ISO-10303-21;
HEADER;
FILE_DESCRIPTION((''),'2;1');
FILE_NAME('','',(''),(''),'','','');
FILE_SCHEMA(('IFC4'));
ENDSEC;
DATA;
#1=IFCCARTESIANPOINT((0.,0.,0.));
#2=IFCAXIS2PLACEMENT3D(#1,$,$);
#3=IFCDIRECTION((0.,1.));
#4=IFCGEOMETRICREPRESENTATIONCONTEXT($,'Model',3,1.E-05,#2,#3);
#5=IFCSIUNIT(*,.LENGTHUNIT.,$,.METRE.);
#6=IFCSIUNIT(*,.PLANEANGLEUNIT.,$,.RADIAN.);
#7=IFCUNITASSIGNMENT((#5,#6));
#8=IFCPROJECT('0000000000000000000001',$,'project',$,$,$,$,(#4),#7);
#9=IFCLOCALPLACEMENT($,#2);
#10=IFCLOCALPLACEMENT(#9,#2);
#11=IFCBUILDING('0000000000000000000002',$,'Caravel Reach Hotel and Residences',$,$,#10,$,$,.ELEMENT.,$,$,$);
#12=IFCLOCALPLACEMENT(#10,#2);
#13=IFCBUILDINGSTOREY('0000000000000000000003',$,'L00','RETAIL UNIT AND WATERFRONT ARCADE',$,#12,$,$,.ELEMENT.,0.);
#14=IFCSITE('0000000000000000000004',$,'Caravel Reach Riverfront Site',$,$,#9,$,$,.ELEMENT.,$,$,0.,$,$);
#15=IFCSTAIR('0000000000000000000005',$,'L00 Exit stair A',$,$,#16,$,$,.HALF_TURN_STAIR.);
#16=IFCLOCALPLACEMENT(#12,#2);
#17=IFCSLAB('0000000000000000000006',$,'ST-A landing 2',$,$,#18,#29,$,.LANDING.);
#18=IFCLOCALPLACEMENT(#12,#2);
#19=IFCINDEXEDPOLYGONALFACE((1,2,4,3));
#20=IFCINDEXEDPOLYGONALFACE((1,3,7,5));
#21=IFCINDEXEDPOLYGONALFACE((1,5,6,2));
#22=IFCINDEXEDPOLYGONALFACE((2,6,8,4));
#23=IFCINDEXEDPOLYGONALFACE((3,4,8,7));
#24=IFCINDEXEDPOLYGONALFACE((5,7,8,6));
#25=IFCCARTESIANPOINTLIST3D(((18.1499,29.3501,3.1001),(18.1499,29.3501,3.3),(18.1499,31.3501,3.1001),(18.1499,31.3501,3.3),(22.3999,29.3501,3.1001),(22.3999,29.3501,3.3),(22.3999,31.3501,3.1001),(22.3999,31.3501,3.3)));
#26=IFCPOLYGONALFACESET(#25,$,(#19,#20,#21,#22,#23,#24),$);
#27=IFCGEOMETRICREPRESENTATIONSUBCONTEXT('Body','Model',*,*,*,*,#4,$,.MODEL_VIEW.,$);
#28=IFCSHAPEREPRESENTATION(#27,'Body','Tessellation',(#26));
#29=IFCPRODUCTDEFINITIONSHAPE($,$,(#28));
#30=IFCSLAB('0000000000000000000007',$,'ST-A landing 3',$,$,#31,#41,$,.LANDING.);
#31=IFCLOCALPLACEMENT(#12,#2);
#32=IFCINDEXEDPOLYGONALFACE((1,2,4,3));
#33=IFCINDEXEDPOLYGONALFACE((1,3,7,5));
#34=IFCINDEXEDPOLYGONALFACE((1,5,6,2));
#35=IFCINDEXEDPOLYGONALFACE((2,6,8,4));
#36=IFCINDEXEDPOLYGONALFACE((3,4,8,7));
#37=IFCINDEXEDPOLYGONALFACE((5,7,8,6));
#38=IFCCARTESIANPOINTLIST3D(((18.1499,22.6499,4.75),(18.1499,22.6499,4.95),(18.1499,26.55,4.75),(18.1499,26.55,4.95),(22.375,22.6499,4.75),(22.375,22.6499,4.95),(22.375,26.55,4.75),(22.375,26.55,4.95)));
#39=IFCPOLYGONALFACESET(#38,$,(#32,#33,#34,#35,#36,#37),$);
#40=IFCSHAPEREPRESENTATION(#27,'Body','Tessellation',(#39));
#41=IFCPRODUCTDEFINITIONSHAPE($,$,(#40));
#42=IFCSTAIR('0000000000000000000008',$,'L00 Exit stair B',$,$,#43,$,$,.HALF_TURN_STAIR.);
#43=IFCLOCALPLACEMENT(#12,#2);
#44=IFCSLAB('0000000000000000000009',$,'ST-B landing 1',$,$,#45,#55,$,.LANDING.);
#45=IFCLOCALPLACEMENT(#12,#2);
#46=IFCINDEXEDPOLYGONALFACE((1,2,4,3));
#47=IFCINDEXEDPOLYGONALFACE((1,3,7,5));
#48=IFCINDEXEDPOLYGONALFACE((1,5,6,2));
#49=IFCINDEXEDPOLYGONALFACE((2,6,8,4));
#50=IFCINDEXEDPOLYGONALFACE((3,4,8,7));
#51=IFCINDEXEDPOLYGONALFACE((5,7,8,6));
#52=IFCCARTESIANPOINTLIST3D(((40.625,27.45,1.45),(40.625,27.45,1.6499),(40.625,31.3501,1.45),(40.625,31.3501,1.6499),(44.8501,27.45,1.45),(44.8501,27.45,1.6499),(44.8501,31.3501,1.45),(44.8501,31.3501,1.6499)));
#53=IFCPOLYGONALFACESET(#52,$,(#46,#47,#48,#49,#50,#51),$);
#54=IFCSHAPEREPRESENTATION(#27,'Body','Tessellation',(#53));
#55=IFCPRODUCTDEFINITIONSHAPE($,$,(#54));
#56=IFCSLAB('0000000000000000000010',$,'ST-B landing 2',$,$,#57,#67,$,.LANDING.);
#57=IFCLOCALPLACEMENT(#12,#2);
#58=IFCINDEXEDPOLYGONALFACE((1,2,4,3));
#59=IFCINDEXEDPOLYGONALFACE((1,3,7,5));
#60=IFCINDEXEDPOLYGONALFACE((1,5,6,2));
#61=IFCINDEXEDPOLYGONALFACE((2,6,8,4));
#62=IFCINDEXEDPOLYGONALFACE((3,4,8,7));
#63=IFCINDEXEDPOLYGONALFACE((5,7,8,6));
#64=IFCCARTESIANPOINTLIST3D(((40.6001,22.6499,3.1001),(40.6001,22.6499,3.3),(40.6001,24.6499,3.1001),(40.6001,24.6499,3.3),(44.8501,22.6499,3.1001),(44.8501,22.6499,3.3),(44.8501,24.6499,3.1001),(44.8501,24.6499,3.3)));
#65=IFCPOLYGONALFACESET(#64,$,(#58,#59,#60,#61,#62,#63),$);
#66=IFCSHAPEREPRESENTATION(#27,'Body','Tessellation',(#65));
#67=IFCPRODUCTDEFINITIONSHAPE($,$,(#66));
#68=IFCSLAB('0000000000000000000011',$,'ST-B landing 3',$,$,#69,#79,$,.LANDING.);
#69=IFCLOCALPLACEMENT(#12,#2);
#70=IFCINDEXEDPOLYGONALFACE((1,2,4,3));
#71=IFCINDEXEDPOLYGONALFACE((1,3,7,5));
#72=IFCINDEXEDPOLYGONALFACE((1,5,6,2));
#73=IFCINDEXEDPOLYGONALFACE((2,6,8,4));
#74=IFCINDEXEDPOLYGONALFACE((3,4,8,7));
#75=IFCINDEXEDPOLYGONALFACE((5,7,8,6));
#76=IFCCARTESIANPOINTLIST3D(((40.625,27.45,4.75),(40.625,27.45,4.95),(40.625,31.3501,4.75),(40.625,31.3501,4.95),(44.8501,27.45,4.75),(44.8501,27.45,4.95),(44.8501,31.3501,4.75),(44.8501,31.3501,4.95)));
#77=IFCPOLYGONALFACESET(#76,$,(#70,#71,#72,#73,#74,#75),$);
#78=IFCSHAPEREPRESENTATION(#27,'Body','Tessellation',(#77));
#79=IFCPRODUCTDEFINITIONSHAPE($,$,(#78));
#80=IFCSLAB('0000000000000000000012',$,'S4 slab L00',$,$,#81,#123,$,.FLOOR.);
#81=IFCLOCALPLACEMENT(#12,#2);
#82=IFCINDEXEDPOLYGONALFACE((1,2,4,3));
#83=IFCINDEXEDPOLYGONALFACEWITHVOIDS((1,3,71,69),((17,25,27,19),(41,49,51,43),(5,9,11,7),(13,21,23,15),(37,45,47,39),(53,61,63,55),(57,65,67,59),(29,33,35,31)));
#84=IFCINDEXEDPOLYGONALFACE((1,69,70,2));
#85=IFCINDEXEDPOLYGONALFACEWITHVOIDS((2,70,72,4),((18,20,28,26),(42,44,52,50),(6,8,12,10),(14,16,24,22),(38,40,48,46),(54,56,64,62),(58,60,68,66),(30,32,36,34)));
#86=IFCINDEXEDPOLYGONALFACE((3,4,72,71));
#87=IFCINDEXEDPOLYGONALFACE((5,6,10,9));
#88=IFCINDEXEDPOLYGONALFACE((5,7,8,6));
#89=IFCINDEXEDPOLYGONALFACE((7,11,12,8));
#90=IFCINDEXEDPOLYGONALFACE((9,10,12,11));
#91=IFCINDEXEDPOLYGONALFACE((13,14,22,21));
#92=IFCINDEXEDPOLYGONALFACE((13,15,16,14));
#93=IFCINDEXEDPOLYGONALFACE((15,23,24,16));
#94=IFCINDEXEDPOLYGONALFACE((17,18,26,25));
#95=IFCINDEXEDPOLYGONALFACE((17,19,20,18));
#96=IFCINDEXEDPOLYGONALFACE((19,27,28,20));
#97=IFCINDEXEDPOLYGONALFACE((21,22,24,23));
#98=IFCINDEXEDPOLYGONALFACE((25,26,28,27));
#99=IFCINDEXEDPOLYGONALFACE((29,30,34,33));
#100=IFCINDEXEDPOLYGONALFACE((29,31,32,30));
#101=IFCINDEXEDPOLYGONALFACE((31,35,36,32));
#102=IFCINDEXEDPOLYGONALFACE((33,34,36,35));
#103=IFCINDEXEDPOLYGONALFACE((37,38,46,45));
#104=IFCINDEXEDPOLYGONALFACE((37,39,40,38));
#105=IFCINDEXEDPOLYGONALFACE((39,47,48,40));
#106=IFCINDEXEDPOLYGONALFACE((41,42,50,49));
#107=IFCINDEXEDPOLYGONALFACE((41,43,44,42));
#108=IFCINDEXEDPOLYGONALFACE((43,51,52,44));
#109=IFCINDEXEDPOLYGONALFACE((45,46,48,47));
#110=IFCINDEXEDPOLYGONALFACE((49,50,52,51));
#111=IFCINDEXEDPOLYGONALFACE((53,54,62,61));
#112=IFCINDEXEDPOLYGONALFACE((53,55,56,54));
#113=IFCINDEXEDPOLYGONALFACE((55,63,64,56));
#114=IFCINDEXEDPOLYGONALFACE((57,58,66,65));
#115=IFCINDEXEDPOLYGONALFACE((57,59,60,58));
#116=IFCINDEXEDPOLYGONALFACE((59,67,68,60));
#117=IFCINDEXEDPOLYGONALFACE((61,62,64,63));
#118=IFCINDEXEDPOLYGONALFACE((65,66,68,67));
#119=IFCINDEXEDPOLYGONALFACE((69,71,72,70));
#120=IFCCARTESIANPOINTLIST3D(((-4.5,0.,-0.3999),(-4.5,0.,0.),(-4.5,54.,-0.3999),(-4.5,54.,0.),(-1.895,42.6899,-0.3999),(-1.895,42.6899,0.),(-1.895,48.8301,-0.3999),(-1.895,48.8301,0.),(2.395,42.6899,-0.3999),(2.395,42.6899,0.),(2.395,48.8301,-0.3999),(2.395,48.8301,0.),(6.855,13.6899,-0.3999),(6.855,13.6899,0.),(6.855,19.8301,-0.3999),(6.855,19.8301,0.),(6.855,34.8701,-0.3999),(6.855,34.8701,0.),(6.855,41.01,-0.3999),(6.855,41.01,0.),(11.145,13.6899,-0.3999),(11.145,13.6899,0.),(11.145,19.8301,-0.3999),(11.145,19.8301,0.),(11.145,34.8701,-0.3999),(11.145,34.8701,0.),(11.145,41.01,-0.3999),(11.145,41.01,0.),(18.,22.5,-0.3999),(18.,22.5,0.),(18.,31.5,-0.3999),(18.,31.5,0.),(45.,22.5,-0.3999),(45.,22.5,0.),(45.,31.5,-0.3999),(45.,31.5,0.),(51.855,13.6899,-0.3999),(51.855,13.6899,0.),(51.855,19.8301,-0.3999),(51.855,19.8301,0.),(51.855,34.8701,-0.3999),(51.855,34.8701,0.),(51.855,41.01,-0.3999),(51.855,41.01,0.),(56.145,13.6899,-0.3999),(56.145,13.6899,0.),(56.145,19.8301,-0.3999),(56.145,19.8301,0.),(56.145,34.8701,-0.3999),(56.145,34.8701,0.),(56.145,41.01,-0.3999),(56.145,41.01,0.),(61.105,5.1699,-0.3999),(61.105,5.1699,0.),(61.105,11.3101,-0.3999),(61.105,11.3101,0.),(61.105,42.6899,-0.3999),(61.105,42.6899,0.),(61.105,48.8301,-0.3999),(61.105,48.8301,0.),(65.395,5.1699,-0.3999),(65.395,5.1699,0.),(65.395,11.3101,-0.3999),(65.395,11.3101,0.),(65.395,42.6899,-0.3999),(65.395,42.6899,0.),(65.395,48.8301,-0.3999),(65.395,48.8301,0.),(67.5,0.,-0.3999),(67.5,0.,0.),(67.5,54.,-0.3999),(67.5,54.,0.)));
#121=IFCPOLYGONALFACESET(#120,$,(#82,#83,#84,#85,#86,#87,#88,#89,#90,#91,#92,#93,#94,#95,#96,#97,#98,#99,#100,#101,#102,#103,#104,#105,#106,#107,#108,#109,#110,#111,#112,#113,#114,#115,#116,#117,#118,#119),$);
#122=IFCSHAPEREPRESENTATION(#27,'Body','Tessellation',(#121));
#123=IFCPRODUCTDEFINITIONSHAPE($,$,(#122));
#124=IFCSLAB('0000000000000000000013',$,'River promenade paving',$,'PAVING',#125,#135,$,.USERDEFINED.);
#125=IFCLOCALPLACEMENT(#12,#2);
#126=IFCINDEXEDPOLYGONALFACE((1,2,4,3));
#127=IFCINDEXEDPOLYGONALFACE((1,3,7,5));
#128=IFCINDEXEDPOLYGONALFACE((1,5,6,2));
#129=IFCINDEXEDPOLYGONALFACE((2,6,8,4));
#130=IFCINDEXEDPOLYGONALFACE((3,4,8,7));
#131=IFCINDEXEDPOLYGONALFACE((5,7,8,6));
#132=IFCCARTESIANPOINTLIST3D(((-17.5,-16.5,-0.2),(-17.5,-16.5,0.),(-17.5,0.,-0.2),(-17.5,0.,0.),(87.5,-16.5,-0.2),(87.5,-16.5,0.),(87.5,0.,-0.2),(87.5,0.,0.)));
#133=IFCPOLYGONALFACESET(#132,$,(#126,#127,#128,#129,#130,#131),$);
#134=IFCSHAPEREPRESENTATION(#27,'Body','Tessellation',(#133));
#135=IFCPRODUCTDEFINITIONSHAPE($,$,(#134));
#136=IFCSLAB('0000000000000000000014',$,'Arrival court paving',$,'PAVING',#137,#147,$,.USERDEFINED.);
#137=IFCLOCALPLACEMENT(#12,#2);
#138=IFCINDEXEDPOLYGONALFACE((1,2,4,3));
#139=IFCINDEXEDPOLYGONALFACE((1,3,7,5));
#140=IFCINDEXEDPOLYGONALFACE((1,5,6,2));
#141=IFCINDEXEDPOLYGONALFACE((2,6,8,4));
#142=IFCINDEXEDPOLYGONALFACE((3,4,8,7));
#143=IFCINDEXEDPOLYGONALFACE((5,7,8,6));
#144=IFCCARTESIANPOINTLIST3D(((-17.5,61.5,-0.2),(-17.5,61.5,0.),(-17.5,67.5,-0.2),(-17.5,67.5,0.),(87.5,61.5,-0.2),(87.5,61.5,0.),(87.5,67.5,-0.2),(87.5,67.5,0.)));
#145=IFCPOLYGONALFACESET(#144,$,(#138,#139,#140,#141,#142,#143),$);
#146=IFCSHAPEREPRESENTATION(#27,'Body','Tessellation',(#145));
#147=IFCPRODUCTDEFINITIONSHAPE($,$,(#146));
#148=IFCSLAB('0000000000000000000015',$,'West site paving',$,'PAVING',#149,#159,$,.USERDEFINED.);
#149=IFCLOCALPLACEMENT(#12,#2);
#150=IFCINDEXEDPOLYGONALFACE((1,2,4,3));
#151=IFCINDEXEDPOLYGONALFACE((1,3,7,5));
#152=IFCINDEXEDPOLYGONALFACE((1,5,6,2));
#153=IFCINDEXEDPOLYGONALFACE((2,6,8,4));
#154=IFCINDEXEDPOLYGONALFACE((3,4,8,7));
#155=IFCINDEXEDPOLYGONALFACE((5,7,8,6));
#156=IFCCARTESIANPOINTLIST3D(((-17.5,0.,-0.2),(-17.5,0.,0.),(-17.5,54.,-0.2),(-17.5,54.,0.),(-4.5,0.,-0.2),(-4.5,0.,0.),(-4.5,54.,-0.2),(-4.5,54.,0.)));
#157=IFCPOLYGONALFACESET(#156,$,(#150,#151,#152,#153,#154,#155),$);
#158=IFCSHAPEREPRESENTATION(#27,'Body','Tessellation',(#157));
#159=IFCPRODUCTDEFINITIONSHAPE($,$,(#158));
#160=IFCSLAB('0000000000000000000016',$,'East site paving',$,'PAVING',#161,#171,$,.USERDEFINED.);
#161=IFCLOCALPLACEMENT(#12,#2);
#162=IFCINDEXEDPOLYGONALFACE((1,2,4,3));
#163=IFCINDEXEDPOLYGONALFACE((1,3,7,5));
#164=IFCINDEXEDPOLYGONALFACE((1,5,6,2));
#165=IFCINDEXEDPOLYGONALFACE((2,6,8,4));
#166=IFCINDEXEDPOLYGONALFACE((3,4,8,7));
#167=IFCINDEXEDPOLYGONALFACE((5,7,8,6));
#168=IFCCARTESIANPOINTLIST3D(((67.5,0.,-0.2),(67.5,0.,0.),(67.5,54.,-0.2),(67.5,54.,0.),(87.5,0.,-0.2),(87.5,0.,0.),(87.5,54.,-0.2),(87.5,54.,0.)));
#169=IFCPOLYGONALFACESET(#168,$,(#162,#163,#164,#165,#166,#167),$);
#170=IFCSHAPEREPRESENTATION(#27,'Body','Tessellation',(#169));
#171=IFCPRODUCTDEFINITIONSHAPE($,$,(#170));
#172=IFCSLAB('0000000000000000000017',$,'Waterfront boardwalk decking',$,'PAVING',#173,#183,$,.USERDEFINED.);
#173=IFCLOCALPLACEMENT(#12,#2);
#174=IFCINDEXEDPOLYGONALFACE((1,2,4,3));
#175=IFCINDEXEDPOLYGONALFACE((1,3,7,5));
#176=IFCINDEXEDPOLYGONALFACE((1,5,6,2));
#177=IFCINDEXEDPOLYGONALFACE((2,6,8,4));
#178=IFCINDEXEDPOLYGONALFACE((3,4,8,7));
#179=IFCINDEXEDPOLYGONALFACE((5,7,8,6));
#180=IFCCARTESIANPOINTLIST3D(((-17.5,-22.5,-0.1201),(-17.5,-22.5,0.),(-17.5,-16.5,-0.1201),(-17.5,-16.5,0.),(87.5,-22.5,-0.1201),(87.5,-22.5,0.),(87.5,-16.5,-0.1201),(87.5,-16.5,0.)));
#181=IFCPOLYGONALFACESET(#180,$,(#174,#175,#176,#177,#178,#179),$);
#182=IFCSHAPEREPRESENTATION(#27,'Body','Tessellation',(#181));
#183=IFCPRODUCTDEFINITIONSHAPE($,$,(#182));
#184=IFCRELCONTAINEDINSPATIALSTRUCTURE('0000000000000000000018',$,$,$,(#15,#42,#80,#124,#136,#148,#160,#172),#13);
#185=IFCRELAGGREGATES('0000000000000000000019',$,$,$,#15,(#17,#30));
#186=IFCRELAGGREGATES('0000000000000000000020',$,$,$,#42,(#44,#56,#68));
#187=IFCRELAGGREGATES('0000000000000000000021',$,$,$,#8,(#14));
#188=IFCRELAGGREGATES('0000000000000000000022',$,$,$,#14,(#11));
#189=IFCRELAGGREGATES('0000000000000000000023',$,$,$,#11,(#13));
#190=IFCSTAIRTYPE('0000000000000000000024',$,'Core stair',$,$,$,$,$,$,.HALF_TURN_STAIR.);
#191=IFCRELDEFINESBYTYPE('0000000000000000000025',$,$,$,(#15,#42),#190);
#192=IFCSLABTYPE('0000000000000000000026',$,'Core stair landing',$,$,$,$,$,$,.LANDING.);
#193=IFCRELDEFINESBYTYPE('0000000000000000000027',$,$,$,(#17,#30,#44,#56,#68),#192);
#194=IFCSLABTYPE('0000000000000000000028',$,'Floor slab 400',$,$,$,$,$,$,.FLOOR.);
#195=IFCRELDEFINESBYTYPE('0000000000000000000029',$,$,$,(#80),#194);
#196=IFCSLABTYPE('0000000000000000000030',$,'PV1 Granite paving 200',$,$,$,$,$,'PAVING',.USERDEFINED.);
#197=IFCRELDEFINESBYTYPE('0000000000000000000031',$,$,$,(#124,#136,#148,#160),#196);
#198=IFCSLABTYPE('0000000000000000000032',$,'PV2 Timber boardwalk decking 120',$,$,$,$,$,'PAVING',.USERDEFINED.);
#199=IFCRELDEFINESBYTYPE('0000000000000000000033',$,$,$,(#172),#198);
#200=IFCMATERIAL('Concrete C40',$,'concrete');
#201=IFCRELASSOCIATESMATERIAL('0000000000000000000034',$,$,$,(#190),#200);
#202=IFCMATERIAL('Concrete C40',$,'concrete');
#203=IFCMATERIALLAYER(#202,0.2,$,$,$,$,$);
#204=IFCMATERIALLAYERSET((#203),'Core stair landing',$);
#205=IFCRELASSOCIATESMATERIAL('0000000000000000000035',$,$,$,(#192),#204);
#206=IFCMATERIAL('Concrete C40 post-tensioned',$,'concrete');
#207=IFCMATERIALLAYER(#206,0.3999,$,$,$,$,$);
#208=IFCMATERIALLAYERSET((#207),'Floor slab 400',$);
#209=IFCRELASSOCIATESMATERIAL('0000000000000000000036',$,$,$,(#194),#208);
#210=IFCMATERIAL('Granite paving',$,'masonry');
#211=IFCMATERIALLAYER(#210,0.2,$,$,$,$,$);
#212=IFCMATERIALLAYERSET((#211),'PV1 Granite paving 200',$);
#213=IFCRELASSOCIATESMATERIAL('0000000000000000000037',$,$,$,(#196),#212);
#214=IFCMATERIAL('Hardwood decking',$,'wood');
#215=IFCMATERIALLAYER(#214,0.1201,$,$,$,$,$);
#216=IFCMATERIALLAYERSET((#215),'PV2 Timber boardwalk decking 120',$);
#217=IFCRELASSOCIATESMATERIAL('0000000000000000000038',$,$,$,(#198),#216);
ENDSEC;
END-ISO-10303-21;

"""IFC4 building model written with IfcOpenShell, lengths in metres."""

from ifc_helpers import new_model, si_unit, direction, frame, origin, place, context, subcontext, project, spatial, polyline, outline, extrude, material, layer, layer_set, type_object, element, aggregate, save


model = new_model("IFC4")

# Units and contexts
model_context = context("Model", 3, precision=1e-05, world=origin(), true_north=direction((0.0, 1.0)))
body_context = subcontext(model_context, "Body", "Model", "MODEL_VIEW")
ifc_project = project(units=[si_unit("LENGTHUNIT", "METRE"), si_unit("PLANEANGLEUNIT", "RADIAN")], contexts=[model_context])

# Site, building, storey
site_placement = place(None, origin())
site = spatial("IfcSite", under=ifc_project, at=site_placement, Name="Caravel Reach Riverfront Site", CompositionType="ELEMENT", RefElevation=0.0)
building_placement = place(site_placement, origin())
building = spatial("IfcBuilding", under=site, at=building_placement, Name="Caravel Reach Hotel and Residences", CompositionType="ELEMENT")
storey_placement = place(building_placement, origin())
storey = spatial("IfcBuildingStorey", under=building, at=storey_placement, Name="L00", Description="RETAIL UNIT AND WATERFRONT ARCADE", CompositionType="ELEMENT", Elevation=0.0)

# Stairs, slabs
ifc_material_1 = material(Name="Concrete C40", Category="concrete")
stair_type = type_object("IfcStairType", Name="Core stair", PredefinedType="HALF_TURN_STAIR", material=ifc_material_1)
stair_1_placement = place(storey_placement, origin())
stair_1 = element("IfcStair", 1, at=stair_1_placement, inside=storey, type_object=stair_type, Name="L00 Exit stair A", PredefinedType="HALF_TURN_STAIR")
ifc_material_2 = material(Name="Concrete C40", Category="concrete")
ifc_layer_1 = layer(ifc_material_2, 0.2)
ifc_layer_set_1 = layer_set([ifc_layer_1], Name="Core stair landing")
slab_type_1 = type_object("IfcSlabType", Name="Core stair landing", PredefinedType="LANDING", material=ifc_layer_set_1)
slab_1_placement = place(storey_placement, frame((0.0, 0.0, 3.1001)))
slab_1 = element("IfcSlab", 2, at=slab_1_placement, type_object=slab_type_1, Name="ST-A landing 2", PredefinedType="LANDING", context=body_context, shape_type="SweptSolid", body=[
    extrude(outline(polyline([(18.1499, 31.3501), (18.1499, 29.3501), (22.3999, 29.3501), (22.3999, 31.3501), (18.1499, 31.3501)])), origin(), (0.0, 0.0, 1.0), 0.2),
])
slab_2_placement = place(storey_placement, frame((0.0, 0.0, 4.75)))
slab_2 = element("IfcSlab", 3, at=slab_2_placement, type_object=slab_type_1, Name="ST-A landing 3", PredefinedType="LANDING", context=body_context, shape_type="SweptSolid", body=[
    extrude(outline(polyline([(18.1499, 26.55), (18.1499, 22.6499), (22.375, 22.6499), (22.375, 26.55), (18.1499, 26.55)])), origin(), (0.0, 0.0, 1.0), 0.2),
])
aggregate(stair_1, [slab_1, slab_2])
stair_2_placement = place(storey_placement, origin())
stair_2 = element("IfcStair", 4, at=stair_2_placement, inside=storey, type_object=stair_type, Name="L00 Exit stair B", PredefinedType="HALF_TURN_STAIR")
slab_3_placement = place(storey_placement, frame((0.0, 0.0, 1.45)))
slab_3 = element("IfcSlab", 5, at=slab_3_placement, type_object=slab_type_1, Name="ST-B landing 1", PredefinedType="LANDING", context=body_context, shape_type="SweptSolid", body=[
    extrude(outline(polyline([(44.8501, 27.45), (44.8501, 31.3501), (40.625, 31.3501), (40.625, 27.45), (44.8501, 27.45)])), origin(), (0.0, 0.0, 1.0), 0.2),
])
slab_4_placement = place(storey_placement, frame((0.0, 0.0, 3.1001)))
slab_4 = element("IfcSlab", 6, at=slab_4_placement, type_object=slab_type_1, Name="ST-B landing 2", PredefinedType="LANDING", context=body_context, shape_type="SweptSolid", body=[
    extrude(outline(polyline([(44.8501, 22.6499), (44.8501, 24.6499), (40.6001, 24.6499), (40.6001, 22.6499), (44.8501, 22.6499)])), origin(), (0.0, 0.0, 1.0), 0.2),
])
slab_5_placement = place(storey_placement, frame((0.0, 0.0, 4.75)))
slab_5 = element("IfcSlab", 7, at=slab_5_placement, type_object=slab_type_1, Name="ST-B landing 3", PredefinedType="LANDING", context=body_context, shape_type="SweptSolid", body=[
    extrude(outline(polyline([(44.8501, 27.45), (44.8501, 31.3501), (40.625, 31.3501), (40.625, 27.45), (44.8501, 27.45)])), origin(), (0.0, 0.0, 1.0), 0.2),
])
aggregate(stair_2, [slab_3, slab_4, slab_5])

# Slabs
ifc_material_3 = material(Name="Concrete C40 post-tensioned", Category="concrete")
ifc_layer_2 = layer(ifc_material_3, 0.3999)
ifc_layer_set_2 = layer_set([ifc_layer_2], Name="Floor slab 400")
slab_type_2 = type_object("IfcSlabType", Name="Floor slab 400", PredefinedType="FLOOR", material=ifc_layer_set_2)
slab_6_placement = place(storey_placement, frame((0.0, 0.0, -0.3999)))
element("IfcSlab", 8, at=slab_6_placement, inside=storey, type_object=slab_type_2, Name="S4 slab L00", PredefinedType="FLOOR", context=body_context, shape_type="SweptSolid", body=[
    extrude(outline(polyline([(67.5, 0.0), (-4.5, 0.0), (-4.5, 54.0), (67.5, 54.0), (67.5, 0.0)]), holes=[polyline([(45.0, 22.5), (45.0, 31.5), (18.0, 31.5), (18.0, 22.5), (45.0, 22.5)]), polyline([(11.145, 41.01), (6.855, 41.01), (6.855, 34.8701), (11.145, 34.8701), (11.145, 41.01)]), polyline([(56.145, 34.8701), (56.145, 41.01), (51.855, 41.01), (51.855, 34.8701), (56.145, 34.8701)]), polyline([(11.145, 19.8301), (6.855, 19.8301), (6.855, 13.6899), (11.145, 13.6899), (11.145, 19.8301)]), polyline([(56.145, 13.6899), (56.145, 19.8301), (51.855, 19.8301), (51.855, 13.6899), (56.145, 13.6899)]), polyline([(-1.895, 42.6899), (2.395, 42.6899), (2.395, 48.8301), (-1.895, 48.8301), (-1.895, 42.6899)]), polyline([(61.105, 48.8301), (61.105, 42.6899), (65.395, 42.6899), (65.395, 48.8301), (61.105, 48.8301)]), polyline([(61.105, 5.1699), (65.395, 5.1699), (65.395, 11.3101), (61.105, 11.3101), (61.105, 5.1699)])]), origin(), (0.0, 0.0, 1.0), 0.3999),
])
ifc_material_4 = material(Name="Granite paving", Category="masonry")
ifc_layer_3 = layer(ifc_material_4, 0.2)
ifc_layer_set_3 = layer_set([ifc_layer_3], Name="PV1 Granite paving 200")
slab_type_3 = type_object("IfcSlabType", Name="PV1 Granite paving 200", ElementType="PAVING", PredefinedType="USERDEFINED", material=ifc_layer_set_3)
slab_7_placement = place(storey_placement, frame((0.0, 0.0, -0.2)))
element("IfcSlab", 9, at=slab_7_placement, inside=storey, type_object=slab_type_3, Name="River promenade paving", ObjectType="PAVING", PredefinedType="USERDEFINED", context=body_context, shape_type="SweptSolid", body=[
    extrude(outline(polyline([(87.5, -16.5), (87.5, 0.0), (-17.5, 0.0), (-17.5, -16.5), (87.5, -16.5)])), origin(), (0.0, 0.0, 1.0), 0.2),
])
slab_8_placement = place(storey_placement, frame((0.0, 0.0, -0.2)))
element("IfcSlab", 10, at=slab_8_placement, inside=storey, type_object=slab_type_3, Name="Arrival court paving", ObjectType="PAVING", PredefinedType="USERDEFINED", context=body_context, shape_type="SweptSolid", body=[
    extrude(outline(polyline([(87.5, 61.5), (87.5, 67.5), (-17.5, 67.5), (-17.5, 61.5), (87.5, 61.5)])), origin(), (0.0, 0.0, 1.0), 0.2),
])
slab_9_placement = place(storey_placement, frame((0.0, 0.0, -0.2)))
element("IfcSlab", 11, at=slab_9_placement, inside=storey, type_object=slab_type_3, Name="West site paving", ObjectType="PAVING", PredefinedType="USERDEFINED", context=body_context, shape_type="SweptSolid", body=[
    extrude(outline(polyline([(-4.5, 0.0), (-4.5, 54.0), (-17.5, 54.0), (-17.5, 0.0), (-4.5, 0.0)])), origin(), (0.0, 0.0, 1.0), 0.2),
])
slab_10_placement = place(storey_placement, frame((0.0, 0.0, -0.2)))
element("IfcSlab", 12, at=slab_10_placement, inside=storey, type_object=slab_type_3, Name="East site paving", ObjectType="PAVING", PredefinedType="USERDEFINED", context=body_context, shape_type="SweptSolid", body=[
    extrude(outline(polyline([(87.5, 0.0), (87.5, 54.0), (67.5, 54.0), (67.5, 0.0), (87.5, 0.0)])), origin(), (0.0, 0.0, 1.0), 0.2),
])
ifc_material_5 = material(Name="Hardwood decking", Category="wood")
ifc_layer_4 = layer(ifc_material_5, 0.1201)
ifc_layer_set_4 = layer_set([ifc_layer_4], Name="PV2 Timber boardwalk decking 120")
slab_type_4 = type_object("IfcSlabType", Name="PV2 Timber boardwalk decking 120", ElementType="PAVING", PredefinedType="USERDEFINED", material=ifc_layer_set_4)
slab_11_placement = place(storey_placement, frame((0.0, 0.0, -0.1201)))
element("IfcSlab", 13, at=slab_11_placement, inside=storey, type_object=slab_type_4, Name="Waterfront boardwalk decking", ObjectType="PAVING", PredefinedType="USERDEFINED", context=body_context, shape_type="SweptSolid", body=[
    extrude(outline(polyline([(87.5, -22.5), (87.5, -16.5), (-17.5, -16.5), (-17.5, -22.5), (87.5, -22.5)])), origin(), (0.0, 0.0, 1.0), 0.1201),
])

save(model, "model.ifc")
